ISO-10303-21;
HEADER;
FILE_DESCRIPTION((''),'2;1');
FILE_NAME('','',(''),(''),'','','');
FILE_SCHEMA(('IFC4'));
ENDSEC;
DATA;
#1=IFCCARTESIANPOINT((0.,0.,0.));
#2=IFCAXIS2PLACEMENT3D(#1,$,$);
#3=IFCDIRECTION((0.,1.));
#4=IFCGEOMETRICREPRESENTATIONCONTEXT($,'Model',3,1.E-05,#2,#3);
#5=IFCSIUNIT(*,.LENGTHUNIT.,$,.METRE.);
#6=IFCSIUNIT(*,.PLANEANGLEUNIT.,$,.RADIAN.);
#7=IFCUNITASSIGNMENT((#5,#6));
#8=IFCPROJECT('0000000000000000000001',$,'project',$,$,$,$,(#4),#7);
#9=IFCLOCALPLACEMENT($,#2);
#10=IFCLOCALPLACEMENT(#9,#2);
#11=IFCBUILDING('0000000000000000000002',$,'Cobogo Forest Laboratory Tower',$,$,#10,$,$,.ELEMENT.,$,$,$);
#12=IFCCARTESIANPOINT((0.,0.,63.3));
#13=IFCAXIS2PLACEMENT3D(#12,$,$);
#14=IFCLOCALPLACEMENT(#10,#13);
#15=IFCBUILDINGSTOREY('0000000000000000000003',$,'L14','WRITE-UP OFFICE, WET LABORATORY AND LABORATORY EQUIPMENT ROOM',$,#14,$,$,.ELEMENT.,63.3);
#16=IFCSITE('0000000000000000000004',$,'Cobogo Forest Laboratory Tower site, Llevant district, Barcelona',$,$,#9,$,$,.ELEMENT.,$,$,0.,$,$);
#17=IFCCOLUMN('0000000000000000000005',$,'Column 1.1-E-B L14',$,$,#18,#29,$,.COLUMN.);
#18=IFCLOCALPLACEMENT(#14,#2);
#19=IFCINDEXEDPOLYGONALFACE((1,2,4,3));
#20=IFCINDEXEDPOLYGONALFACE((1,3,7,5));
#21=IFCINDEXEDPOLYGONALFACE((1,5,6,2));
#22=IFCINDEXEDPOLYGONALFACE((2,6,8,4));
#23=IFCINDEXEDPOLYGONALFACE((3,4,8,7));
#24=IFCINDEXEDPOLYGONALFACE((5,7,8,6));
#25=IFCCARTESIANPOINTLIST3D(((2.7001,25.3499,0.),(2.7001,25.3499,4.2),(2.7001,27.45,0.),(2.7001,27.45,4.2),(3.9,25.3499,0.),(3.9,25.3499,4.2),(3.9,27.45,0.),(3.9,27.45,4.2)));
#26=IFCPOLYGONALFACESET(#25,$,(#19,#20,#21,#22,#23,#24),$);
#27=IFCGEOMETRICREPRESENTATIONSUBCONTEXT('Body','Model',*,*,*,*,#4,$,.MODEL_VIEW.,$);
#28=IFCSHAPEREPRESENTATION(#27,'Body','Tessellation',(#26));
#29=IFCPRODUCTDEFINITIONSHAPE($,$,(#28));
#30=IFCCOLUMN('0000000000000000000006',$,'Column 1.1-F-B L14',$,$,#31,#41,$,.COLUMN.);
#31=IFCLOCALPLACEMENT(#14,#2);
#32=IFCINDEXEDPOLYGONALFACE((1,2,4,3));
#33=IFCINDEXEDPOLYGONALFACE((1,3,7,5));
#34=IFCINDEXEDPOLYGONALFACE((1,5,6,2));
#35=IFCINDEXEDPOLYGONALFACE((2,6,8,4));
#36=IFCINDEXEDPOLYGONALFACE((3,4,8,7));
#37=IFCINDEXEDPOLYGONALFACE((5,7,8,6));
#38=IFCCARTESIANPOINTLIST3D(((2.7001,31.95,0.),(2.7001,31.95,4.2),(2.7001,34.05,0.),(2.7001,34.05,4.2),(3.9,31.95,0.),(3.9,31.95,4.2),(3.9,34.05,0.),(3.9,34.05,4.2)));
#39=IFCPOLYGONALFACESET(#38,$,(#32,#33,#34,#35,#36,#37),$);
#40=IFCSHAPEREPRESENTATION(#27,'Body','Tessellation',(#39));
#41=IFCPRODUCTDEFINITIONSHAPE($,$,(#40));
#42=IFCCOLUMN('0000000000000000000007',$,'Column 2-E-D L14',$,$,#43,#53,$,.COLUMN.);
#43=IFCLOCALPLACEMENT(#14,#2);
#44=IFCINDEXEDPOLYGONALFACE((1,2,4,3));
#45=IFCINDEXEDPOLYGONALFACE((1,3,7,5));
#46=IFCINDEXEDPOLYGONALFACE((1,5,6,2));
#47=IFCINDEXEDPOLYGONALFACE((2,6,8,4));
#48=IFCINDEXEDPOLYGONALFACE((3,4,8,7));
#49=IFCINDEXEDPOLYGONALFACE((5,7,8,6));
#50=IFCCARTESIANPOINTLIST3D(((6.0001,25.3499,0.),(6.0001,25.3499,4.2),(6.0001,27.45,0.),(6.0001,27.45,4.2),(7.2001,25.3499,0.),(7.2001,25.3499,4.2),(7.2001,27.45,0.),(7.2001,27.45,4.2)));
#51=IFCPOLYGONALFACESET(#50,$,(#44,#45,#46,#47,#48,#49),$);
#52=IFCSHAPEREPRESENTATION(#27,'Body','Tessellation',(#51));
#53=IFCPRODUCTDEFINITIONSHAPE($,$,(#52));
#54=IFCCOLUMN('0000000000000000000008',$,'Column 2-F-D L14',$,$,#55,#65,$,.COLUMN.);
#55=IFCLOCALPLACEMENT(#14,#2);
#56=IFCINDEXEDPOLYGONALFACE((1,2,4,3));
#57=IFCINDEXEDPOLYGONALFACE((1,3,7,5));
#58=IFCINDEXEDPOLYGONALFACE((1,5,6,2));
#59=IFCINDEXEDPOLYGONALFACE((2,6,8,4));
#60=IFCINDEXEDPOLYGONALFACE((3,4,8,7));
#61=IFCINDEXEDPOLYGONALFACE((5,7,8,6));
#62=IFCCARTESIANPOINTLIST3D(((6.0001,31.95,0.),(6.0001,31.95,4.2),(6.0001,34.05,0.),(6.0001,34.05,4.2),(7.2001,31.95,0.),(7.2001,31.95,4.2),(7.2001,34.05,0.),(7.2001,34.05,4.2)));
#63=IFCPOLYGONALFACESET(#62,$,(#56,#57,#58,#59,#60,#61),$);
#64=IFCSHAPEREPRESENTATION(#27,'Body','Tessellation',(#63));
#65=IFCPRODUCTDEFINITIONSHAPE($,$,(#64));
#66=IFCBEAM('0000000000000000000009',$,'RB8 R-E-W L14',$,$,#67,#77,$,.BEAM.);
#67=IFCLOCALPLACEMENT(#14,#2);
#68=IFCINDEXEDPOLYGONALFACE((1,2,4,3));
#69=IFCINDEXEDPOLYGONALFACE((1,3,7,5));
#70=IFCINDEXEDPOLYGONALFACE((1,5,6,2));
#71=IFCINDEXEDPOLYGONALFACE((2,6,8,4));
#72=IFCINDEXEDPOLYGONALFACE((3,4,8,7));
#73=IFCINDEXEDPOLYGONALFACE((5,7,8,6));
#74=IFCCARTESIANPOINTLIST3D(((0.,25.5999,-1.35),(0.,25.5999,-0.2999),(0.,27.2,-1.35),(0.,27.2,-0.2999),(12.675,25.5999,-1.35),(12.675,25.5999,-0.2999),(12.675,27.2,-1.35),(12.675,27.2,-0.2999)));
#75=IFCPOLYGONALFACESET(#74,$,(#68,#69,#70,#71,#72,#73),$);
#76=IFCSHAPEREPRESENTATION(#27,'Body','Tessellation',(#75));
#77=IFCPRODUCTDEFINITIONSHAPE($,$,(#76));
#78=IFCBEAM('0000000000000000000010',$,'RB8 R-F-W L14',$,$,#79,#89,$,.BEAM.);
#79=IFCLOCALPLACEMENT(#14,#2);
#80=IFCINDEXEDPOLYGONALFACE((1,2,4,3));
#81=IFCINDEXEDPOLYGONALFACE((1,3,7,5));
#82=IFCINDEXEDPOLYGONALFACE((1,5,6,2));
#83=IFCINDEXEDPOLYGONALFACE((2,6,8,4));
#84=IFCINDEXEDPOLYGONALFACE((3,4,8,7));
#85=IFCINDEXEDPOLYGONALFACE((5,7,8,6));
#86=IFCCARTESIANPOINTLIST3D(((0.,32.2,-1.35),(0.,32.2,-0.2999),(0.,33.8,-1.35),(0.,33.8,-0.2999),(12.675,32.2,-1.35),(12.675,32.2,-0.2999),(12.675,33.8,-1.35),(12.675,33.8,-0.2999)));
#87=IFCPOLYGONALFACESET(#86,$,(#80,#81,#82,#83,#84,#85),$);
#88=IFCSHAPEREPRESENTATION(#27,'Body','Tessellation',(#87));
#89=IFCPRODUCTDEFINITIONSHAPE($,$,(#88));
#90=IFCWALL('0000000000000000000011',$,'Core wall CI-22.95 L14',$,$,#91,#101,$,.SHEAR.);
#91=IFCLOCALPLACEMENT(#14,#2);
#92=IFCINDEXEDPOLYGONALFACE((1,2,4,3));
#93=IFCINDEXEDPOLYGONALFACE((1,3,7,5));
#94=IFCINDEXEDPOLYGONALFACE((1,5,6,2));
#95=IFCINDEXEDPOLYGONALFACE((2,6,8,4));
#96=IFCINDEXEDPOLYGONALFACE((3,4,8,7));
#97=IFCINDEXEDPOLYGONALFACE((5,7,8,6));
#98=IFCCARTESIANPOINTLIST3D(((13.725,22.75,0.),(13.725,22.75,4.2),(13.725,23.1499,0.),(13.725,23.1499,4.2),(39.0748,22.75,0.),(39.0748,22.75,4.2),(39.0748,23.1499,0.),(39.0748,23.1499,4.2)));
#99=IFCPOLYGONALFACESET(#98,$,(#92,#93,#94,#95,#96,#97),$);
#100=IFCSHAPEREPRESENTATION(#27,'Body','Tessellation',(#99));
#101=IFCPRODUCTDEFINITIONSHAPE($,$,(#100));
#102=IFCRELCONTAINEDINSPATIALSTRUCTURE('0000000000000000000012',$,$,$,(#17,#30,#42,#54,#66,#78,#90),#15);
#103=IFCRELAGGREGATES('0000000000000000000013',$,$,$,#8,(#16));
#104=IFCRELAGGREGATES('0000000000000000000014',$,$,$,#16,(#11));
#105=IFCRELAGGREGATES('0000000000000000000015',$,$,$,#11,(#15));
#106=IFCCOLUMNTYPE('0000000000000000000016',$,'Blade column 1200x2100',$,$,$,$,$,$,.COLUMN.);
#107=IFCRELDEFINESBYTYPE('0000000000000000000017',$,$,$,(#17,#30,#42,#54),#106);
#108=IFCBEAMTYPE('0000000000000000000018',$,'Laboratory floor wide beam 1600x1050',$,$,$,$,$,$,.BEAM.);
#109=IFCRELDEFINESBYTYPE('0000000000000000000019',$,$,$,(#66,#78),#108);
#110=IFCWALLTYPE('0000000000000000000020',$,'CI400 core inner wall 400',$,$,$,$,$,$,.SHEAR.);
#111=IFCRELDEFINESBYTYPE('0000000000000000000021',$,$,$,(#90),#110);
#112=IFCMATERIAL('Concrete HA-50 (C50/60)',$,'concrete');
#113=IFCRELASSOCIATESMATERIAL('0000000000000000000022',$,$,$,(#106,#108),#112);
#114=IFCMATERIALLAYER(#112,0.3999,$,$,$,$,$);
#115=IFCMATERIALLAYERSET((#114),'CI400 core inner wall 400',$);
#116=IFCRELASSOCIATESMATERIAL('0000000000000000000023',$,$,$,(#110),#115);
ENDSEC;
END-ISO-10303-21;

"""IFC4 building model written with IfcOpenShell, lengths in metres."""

from ifc_helpers import new_model, si_unit, direction, frame, frame_2d, origin, origin_2d, place, context, subcontext, project, spatial, rectangle, extrude, material, layer, layer_set, material_profile, profile_set, type_object, element, save


model = new_model("IFC4")

# Units and contexts
model_context = context("Model", 3, precision=1e-05, world=origin(), true_north=direction((0.0, 1.0)))
body_context = subcontext(model_context, "Body", "Model", "MODEL_VIEW")
ifc_project = project(units=[si_unit("LENGTHUNIT", "METRE"), si_unit("PLANEANGLEUNIT", "RADIAN")], contexts=[model_context])

# Site, building, storey
site_placement = place(None, origin())
site = spatial("IfcSite", under=ifc_project, at=site_placement, Name="Cobogo Forest Laboratory Tower site, Llevant district, Barcelona", CompositionType="ELEMENT", RefElevation=0.0)
building_placement = place(site_placement, origin())
building = spatial("IfcBuilding", under=site, at=building_placement, Name="Cobogo Forest Laboratory Tower", CompositionType="ELEMENT")
storey_placement = place(building_placement, frame((0.0, 0.0, 63.3)))
storey = spatial("IfcBuildingStorey", under=building, at=storey_placement, Name="L14", Description="WRITE-UP OFFICE, WET LABORATORY AND LABORATORY EQUIPMENT ROOM", CompositionType="ELEMENT", Elevation=63.3)

# Columns
ifc_material_1 = material(Name="Concrete HA-50 (C50/60)", Category="concrete")
ifc_material_profile_1 = material_profile(ifc_material_1, rectangle(XDim=2.1001, YDim=1.2, at=origin_2d()), Name="RC 1200x2100")
ifc_profile_set_1 = profile_set([ifc_material_profile_1], Name="Concrete HA-50 (C50/60)")
column_type = type_object("IfcColumnType", Name="Blade column 1200x2100", PredefinedType="COLUMN", material=ifc_profile_set_1)
for number, where, z_axis, x_axis, name in (
    (1, (3.3, 26.3999, 0.0), (0.0, 0.0, 1.0), (0.0, 1.0, 0.0), "Column 1.1-E-B L14"),
    (2, (3.3, 33.0, 0.0), (0.0, 0.0, 1.0), (0.0, 1.0, 0.0), "Column 1.1-F-B L14"),
    (3, (6.6001, 26.3999, 0.0), (0.0, 0.0, 1.0), (0.0, 1.0, 0.0), "Column 2-E-D L14"),
    (4, (6.6001, 33.0, 0.0), (0.0, 0.0, 1.0), (0.0, 1.0, 0.0), "Column 2-F-D L14"),
):
    element("IfcColumn", number, at=place(storey_placement, frame(where, z_axis=z_axis, x_axis=x_axis)), inside=storey, type_object=column_type, Name=name, PredefinedType="COLUMN", context=body_context, shape_type="SweptSolid", body=[
        extrude(rectangle(XDim=2.1001, YDim=1.2, at=origin_2d()), origin(), (0.0, 0.0, 1.0), 4.2),
    ])

# Beams
ifc_material_profile_2 = material_profile(ifc_material_1, rectangle(XDim=1.6001, YDim=1.05, at=origin_2d()), Name="RC 1600x1050")
ifc_profile_set_2 = profile_set([ifc_material_profile_2], Name="Concrete HA-50 (C50/60)")
beam_type = type_object("IfcBeamType", Name="Laboratory floor wide beam 1600x1050", PredefinedType="BEAM", material=ifc_profile_set_2)
for number, where, z_axis, x_axis, name in (
    (5, (12.675, 26.3999, -0.825), (-1.0, 0.0, 0.0), (0.0, -1.0, 0.0), "RB8 R-E-W L14"),
    (6, (12.675, 33.0, -0.825), (-1.0, 0.0, 0.0), (0.0, -1.0, 0.0), "RB8 R-F-W L14"),
):
    element("IfcBeam", number, at=place(storey_placement, frame(where, z_axis=z_axis, x_axis=x_axis)), inside=storey, type_object=beam_type, Name=name, PredefinedType="BEAM", context=body_context, shape_type="SweptSolid", body=[
        extrude(rectangle(XDim=1.6001, YDim=1.05, at=origin_2d()), origin(), (0.0, 0.0, 1.0), 12.675),
    ])

# Wall
ifc_layer_1 = layer(ifc_material_1, 0.3999)
ifc_layer_set_1 = layer_set([ifc_layer_1], Name="CI400 core inner wall 400")
wall_type_1 = type_object("IfcWallType", Name="CI400 core inner wall 400", PredefinedType="SHEAR", material=ifc_layer_set_1)
wall_1_placement = place(storey_placement, frame((13.7251, 22.95, 0.0), z_axis=(0.0, 0.0, 1.0), x_axis=(1.0, 0.0, 0.0)))
element("IfcWall", 7, at=wall_1_placement, inside=storey, type_object=wall_type_1, Name="Core wall CI-22.95 L14", PredefinedType="SHEAR", context=body_context, shape_type="SweptSolid", body=[
    extrude(rectangle(XDim=25.3499, YDim=0.3999, at=frame_2d((12.6748, 0.0))), origin(), (0.0, 0.0, 1.0), 4.2),
])

save(model, "model.ifc")
